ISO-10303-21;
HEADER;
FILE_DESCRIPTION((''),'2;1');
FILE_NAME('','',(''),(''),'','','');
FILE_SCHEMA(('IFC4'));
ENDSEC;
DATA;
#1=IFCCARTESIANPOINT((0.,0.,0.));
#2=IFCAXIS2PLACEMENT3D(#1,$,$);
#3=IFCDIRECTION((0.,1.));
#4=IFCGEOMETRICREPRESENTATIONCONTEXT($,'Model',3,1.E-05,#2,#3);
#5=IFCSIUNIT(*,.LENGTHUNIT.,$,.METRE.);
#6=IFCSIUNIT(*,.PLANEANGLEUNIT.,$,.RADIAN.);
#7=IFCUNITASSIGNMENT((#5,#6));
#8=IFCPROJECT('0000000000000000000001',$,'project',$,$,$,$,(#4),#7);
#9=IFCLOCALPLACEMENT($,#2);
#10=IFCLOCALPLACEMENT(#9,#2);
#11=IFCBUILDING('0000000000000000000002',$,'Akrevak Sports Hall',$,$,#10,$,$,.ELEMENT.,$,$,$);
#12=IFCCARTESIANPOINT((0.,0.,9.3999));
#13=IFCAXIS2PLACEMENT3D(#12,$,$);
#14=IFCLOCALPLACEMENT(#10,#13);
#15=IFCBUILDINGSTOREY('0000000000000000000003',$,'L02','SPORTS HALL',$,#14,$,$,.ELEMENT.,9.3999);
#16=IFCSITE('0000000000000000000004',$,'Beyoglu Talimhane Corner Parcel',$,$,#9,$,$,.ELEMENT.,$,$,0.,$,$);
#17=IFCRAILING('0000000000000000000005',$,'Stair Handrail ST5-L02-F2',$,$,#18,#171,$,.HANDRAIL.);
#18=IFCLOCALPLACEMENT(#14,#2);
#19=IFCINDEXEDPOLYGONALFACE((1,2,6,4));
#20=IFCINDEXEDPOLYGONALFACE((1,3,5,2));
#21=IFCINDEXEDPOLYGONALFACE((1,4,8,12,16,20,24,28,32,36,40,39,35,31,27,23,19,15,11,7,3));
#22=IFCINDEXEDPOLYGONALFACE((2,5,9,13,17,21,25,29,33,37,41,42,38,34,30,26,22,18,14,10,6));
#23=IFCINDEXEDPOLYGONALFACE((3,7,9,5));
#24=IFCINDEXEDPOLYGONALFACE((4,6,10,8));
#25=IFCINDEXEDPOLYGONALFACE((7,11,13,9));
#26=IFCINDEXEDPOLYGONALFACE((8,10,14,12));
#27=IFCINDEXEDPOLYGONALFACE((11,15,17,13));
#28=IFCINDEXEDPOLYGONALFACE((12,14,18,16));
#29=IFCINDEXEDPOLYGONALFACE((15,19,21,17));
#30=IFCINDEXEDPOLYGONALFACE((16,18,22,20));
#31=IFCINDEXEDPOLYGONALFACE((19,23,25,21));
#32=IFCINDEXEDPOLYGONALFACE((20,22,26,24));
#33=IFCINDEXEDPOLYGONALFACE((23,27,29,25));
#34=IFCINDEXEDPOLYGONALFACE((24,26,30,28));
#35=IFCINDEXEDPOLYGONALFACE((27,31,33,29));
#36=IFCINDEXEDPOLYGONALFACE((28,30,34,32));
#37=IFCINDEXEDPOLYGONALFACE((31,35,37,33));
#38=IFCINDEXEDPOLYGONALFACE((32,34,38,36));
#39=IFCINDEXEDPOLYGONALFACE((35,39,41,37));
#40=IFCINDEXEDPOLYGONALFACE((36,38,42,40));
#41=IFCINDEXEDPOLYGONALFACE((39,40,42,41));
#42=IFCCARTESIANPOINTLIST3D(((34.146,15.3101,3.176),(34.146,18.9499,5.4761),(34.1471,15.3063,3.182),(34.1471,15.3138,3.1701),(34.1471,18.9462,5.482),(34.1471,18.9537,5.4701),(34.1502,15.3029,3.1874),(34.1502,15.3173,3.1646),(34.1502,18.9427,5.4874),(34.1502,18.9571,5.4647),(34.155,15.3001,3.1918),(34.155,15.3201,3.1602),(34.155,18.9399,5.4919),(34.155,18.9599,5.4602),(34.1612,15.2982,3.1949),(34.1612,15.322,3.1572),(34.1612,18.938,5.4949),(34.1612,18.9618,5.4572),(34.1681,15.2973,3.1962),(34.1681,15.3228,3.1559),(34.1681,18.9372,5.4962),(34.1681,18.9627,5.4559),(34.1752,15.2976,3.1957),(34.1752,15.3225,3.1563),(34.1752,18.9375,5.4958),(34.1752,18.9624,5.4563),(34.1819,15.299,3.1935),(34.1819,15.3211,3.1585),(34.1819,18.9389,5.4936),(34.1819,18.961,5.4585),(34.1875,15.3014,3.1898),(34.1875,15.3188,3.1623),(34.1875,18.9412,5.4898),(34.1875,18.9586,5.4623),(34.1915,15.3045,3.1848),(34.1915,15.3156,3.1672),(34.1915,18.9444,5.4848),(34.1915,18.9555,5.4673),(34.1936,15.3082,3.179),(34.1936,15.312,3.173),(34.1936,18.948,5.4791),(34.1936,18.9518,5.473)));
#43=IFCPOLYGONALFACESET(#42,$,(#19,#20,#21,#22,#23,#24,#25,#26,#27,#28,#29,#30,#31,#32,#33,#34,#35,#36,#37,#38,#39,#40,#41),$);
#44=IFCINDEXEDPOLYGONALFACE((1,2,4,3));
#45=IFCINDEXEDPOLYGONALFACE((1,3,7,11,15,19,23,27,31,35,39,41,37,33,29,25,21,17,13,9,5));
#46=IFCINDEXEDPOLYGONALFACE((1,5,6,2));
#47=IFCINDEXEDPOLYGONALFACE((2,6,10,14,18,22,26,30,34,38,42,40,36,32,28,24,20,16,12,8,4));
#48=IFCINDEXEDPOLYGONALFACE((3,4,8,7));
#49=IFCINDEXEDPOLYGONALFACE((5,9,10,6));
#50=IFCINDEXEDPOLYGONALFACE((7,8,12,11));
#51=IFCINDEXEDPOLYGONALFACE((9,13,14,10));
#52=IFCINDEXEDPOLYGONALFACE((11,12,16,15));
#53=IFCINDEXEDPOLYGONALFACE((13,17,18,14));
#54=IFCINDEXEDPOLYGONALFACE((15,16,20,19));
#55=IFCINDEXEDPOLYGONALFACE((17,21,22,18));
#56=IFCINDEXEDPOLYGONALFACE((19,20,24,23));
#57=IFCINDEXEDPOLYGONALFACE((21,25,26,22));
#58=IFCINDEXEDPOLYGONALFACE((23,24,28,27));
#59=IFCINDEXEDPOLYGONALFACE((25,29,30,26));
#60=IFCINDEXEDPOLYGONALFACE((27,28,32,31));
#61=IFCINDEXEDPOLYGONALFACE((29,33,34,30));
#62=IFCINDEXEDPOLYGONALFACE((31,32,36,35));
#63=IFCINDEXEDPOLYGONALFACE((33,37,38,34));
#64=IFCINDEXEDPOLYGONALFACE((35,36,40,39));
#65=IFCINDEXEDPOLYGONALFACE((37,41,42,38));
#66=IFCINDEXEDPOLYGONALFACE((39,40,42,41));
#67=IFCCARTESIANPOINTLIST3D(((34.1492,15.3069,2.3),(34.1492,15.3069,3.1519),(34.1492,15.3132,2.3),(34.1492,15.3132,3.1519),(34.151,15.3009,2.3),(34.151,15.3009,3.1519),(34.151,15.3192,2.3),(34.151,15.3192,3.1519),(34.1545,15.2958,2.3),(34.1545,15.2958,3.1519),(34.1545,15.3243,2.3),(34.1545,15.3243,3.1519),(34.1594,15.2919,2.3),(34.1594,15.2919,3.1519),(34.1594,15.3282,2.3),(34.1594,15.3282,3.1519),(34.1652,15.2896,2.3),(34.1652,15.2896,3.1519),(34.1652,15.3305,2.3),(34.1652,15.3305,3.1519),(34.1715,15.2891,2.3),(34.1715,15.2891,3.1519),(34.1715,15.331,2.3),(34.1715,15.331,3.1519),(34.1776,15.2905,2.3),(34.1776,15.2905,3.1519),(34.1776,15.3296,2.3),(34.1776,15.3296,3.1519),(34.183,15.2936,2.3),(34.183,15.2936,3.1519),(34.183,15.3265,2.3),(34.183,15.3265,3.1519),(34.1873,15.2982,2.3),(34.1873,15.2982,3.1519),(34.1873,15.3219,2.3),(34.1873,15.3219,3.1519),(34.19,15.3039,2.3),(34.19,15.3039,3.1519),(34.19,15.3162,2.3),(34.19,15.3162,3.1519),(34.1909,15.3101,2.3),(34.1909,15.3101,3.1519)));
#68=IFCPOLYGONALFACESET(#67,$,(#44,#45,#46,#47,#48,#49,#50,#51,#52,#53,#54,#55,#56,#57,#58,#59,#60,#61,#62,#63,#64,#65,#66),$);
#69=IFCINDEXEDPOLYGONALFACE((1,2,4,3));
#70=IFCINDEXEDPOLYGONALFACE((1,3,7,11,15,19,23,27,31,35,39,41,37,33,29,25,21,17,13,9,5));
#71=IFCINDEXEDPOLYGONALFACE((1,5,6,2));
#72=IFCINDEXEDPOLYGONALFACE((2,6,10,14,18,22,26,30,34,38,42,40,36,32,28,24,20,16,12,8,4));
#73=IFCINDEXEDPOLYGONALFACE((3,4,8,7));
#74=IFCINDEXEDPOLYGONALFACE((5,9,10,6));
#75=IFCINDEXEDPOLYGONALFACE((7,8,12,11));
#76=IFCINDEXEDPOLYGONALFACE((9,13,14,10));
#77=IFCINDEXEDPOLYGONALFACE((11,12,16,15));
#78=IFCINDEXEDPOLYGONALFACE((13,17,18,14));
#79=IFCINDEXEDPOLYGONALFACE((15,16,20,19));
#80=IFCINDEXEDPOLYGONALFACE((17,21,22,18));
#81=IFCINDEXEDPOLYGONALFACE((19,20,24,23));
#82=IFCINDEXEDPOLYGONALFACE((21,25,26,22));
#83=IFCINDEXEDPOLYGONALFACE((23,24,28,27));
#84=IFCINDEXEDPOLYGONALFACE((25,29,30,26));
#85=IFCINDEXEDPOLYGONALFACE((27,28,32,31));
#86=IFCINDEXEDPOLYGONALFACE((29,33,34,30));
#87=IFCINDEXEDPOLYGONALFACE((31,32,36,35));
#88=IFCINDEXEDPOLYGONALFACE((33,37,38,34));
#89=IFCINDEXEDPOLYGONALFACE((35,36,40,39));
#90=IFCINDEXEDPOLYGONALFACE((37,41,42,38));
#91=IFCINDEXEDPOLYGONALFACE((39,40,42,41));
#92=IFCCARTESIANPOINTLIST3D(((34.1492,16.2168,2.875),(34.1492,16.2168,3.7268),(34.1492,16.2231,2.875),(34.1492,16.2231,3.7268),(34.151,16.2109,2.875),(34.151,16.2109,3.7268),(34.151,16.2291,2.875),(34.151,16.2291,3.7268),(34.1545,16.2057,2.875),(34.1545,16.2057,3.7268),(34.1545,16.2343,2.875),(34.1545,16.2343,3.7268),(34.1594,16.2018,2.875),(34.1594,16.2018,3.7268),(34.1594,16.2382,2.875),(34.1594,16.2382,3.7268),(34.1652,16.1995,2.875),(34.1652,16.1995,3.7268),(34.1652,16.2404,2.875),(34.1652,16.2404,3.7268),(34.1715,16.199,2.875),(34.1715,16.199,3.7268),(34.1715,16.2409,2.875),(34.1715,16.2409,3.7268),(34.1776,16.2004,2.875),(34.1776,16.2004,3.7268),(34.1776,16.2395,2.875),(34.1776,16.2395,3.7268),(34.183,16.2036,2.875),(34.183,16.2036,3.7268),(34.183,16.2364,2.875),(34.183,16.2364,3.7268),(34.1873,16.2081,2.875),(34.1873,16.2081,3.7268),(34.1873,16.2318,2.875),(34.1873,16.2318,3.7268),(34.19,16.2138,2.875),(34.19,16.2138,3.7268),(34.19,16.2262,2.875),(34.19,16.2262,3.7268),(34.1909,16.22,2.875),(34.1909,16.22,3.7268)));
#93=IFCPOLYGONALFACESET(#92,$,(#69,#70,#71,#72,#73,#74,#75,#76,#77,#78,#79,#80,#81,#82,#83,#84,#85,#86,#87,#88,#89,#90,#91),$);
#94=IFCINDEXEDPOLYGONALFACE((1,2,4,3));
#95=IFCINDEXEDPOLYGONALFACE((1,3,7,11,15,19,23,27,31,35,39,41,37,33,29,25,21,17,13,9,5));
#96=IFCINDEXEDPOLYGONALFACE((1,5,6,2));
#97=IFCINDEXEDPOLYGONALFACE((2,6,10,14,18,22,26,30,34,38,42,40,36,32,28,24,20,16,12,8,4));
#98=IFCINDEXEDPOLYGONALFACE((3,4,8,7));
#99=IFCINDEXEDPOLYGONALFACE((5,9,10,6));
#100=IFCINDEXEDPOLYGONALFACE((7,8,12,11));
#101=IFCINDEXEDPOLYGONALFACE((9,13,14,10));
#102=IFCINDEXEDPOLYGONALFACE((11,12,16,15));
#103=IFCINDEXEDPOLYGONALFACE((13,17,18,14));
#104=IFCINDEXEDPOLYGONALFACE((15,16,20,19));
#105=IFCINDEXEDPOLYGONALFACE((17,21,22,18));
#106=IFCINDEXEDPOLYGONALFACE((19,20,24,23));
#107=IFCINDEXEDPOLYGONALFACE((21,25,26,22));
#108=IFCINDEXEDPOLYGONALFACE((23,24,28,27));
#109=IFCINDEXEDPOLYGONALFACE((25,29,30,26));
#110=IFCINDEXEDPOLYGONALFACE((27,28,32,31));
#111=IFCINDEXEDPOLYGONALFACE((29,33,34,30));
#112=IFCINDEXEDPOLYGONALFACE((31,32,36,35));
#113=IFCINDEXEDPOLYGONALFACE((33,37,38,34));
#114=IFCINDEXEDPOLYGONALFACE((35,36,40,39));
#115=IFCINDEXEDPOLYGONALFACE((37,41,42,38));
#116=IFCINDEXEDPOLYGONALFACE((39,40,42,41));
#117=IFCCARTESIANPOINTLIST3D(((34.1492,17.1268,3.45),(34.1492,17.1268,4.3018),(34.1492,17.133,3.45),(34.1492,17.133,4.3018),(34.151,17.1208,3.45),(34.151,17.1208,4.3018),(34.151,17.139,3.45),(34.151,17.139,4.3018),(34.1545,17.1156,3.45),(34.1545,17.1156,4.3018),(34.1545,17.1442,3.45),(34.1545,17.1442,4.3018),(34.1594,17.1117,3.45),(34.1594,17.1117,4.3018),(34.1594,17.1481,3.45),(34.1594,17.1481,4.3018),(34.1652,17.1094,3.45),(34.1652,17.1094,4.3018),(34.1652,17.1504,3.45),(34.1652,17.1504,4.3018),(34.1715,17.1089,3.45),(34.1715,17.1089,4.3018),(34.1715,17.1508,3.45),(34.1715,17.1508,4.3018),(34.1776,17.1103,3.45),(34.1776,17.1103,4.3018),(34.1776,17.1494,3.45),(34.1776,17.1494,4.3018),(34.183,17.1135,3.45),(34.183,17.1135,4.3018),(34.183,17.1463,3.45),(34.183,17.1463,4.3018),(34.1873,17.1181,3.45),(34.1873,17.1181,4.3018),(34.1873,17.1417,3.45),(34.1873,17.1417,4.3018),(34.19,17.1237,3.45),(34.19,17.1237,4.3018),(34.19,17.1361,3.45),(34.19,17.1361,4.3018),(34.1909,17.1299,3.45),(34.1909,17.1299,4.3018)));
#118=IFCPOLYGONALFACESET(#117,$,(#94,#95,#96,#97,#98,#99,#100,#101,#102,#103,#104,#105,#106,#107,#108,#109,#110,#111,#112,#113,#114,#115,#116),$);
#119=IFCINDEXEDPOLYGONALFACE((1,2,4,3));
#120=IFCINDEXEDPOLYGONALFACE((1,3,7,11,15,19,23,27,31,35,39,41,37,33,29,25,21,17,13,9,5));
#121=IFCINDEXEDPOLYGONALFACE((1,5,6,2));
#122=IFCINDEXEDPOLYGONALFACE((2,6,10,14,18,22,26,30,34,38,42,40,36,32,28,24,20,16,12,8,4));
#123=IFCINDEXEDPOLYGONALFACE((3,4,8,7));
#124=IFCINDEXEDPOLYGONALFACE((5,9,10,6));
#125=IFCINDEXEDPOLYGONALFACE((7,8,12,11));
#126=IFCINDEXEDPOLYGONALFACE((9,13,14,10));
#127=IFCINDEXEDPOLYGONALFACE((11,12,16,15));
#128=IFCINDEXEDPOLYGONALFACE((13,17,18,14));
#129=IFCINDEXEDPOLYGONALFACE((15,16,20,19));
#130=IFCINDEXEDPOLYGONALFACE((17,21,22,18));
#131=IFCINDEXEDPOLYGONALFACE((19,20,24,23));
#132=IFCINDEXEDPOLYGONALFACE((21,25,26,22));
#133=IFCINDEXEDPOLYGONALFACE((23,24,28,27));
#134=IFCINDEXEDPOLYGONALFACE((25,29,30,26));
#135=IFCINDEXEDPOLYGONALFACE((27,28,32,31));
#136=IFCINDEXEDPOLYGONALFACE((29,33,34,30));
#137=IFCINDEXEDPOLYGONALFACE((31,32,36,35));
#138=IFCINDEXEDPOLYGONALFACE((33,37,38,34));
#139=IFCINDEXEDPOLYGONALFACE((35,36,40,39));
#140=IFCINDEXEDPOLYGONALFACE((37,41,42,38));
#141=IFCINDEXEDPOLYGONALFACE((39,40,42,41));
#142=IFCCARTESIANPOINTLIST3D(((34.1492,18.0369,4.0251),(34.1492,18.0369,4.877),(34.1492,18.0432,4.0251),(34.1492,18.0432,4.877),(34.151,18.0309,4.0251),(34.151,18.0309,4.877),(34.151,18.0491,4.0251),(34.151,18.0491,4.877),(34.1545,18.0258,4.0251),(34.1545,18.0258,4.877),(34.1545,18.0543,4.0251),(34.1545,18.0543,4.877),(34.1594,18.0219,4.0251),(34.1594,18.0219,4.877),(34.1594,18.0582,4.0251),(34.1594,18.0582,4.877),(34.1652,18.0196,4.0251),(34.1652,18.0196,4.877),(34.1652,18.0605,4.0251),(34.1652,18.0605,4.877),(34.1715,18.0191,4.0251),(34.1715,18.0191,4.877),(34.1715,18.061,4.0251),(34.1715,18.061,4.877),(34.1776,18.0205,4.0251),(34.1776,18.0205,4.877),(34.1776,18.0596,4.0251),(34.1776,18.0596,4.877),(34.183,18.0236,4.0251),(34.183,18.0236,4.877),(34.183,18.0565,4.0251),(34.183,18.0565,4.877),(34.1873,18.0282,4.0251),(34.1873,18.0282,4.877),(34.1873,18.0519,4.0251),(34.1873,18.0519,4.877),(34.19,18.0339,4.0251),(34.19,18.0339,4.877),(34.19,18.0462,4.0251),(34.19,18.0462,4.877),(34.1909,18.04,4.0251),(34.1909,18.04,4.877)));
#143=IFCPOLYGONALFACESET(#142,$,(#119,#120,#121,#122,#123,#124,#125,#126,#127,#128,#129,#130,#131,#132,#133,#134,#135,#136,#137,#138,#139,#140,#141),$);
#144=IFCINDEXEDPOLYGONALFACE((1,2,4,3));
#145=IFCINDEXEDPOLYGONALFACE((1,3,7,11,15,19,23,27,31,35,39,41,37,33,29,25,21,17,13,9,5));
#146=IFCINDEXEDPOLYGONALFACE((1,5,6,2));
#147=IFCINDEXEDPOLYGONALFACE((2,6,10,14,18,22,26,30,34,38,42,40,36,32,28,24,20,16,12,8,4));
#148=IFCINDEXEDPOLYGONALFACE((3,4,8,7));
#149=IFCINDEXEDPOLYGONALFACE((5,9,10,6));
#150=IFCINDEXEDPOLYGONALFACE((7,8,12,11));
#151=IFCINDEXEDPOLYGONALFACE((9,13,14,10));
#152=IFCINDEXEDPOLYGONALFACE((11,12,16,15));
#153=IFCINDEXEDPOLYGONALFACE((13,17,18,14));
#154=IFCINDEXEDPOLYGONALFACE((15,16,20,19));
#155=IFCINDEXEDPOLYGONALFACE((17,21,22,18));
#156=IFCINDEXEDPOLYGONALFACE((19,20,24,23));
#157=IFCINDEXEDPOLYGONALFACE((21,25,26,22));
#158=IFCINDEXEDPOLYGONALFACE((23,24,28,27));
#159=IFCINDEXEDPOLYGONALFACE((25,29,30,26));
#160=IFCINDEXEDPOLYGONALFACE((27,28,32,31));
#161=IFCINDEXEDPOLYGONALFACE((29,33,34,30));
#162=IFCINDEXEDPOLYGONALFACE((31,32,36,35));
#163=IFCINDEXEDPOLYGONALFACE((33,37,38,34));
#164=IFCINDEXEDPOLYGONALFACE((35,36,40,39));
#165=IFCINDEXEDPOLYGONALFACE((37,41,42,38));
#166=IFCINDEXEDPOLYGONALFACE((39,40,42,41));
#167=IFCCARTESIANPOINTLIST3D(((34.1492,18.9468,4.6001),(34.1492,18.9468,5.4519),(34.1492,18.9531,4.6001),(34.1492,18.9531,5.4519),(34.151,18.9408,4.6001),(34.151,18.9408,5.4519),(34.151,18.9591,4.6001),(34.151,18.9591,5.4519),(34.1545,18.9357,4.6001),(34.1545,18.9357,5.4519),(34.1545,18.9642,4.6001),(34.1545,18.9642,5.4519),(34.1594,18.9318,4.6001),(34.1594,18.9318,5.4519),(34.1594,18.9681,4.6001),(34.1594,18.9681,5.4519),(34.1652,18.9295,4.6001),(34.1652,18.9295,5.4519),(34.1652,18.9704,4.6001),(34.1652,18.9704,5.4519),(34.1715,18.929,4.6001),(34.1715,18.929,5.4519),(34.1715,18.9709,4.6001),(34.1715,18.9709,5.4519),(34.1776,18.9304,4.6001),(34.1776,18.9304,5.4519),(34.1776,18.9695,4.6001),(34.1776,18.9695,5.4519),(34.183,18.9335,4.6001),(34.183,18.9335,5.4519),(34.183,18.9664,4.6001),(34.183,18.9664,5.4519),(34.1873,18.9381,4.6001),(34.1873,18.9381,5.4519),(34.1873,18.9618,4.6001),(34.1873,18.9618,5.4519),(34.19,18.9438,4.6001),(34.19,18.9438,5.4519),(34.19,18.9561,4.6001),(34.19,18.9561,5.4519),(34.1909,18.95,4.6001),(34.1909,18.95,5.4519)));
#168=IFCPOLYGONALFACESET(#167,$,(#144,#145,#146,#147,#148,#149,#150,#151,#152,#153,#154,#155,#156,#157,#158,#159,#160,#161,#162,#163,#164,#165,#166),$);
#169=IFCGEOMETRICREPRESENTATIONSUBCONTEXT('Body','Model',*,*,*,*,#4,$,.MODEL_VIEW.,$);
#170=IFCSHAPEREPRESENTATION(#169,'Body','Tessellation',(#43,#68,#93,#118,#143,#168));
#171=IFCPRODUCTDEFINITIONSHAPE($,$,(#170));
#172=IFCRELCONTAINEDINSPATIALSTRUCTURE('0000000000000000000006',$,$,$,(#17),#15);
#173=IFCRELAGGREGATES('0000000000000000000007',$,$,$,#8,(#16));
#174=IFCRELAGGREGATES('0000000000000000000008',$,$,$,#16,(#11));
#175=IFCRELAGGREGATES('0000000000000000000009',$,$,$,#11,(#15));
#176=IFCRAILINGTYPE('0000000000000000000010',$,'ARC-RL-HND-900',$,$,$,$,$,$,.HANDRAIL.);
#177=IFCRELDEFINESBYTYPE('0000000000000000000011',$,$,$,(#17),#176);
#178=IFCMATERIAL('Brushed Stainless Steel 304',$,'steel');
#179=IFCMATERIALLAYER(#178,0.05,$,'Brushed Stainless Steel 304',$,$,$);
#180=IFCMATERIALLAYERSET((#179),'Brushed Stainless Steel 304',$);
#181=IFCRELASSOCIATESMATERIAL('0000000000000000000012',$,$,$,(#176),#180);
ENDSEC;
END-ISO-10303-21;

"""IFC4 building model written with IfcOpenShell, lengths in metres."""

from ifc_helpers import new_model, si_unit, direction, frame, origin, origin_2d, place, context, subcontext, project, spatial, circle, extrude, material, layer, layer_set, type_object, element, save


model = new_model("IFC4")

# Units and contexts
model_context = context("Model", 3, precision=1e-05, world=origin(), true_north=direction((0.0, 1.0)))
body_context = subcontext(model_context, "Body", "Model", "MODEL_VIEW")
ifc_project = project(units=[si_unit("LENGTHUNIT", "METRE"), si_unit("PLANEANGLEUNIT", "RADIAN")], contexts=[model_context])

# Site, building, storey
site_placement = place(None, origin())
site = spatial("IfcSite", under=ifc_project, at=site_placement, Name="Beyoglu Talimhane Corner Parcel", CompositionType="ELEMENT", RefElevation=0.0)
building_placement = place(site_placement, origin())
building = spatial("IfcBuilding", under=site, at=building_placement, Name="Akrevak Sports Hall", CompositionType="ELEMENT")
storey_placement = place(building_placement, frame((0.0, 0.0, 9.3999)))
storey = spatial("IfcBuildingStorey", under=building, at=storey_placement, Name="L02", Description="SPORTS HALL", CompositionType="ELEMENT", Elevation=9.3999)

# Railing
ifc_material_1 = material(Name="Brushed Stainless Steel 304", Category="steel")
ifc_layer_1 = layer(ifc_material_1, 0.05, Name="Brushed Stainless Steel 304")
ifc_layer_set_1 = layer_set([ifc_layer_1], Name="Brushed Stainless Steel 304")
railing_type_1 = type_object("IfcRailingType", Name="ARC-RL-HND-900", PredefinedType="HANDRAIL", material=ifc_layer_set_1)
railing_1_placement = place(storey_placement, frame((34.1699, 15.3101, 2.3)))
element("IfcRailing", 1, at=railing_1_placement, inside=storey, type_object=railing_type_1, Name="Stair Handrail ST5-L02-F2", PredefinedType="HANDRAIL", context=body_context, shape_type="SweptSolid", body=[
    extrude(circle(Radius=0.0239, at=origin_2d()), frame((0.0, 0.0, 0.876), z_axis=(0.0, 0.845366, 0.534187), x_axis=(-1.0, 0.0, 0.0)), (0.0, 0.0, 1.0), 4.3057),
    extrude(circle(Radius=0.021, at=origin_2d()), origin(), (0.0, 0.0, 1.0), 0.8518),
    extrude(circle(Radius=0.021, at=origin_2d()), frame((0.0, 0.9099, 0.575)), (0.0, 0.0, 1.0), 0.8518),
    extrude(circle(Radius=0.021, at=origin_2d()), frame((0.0, 1.8198, 1.1499)), (0.0, 0.0, 1.0), 0.8518),
    extrude(circle(Radius=0.021, at=origin_2d()), frame((0.0, 2.73, 1.7251)), (0.0, 0.0, 1.0), 0.8518),
    extrude(circle(Radius=0.021, at=origin_2d()), frame((0.0, 3.6399, 2.3)), (0.0, 0.0, 1.0), 0.8518),
])

save(model, "model.ifc")
